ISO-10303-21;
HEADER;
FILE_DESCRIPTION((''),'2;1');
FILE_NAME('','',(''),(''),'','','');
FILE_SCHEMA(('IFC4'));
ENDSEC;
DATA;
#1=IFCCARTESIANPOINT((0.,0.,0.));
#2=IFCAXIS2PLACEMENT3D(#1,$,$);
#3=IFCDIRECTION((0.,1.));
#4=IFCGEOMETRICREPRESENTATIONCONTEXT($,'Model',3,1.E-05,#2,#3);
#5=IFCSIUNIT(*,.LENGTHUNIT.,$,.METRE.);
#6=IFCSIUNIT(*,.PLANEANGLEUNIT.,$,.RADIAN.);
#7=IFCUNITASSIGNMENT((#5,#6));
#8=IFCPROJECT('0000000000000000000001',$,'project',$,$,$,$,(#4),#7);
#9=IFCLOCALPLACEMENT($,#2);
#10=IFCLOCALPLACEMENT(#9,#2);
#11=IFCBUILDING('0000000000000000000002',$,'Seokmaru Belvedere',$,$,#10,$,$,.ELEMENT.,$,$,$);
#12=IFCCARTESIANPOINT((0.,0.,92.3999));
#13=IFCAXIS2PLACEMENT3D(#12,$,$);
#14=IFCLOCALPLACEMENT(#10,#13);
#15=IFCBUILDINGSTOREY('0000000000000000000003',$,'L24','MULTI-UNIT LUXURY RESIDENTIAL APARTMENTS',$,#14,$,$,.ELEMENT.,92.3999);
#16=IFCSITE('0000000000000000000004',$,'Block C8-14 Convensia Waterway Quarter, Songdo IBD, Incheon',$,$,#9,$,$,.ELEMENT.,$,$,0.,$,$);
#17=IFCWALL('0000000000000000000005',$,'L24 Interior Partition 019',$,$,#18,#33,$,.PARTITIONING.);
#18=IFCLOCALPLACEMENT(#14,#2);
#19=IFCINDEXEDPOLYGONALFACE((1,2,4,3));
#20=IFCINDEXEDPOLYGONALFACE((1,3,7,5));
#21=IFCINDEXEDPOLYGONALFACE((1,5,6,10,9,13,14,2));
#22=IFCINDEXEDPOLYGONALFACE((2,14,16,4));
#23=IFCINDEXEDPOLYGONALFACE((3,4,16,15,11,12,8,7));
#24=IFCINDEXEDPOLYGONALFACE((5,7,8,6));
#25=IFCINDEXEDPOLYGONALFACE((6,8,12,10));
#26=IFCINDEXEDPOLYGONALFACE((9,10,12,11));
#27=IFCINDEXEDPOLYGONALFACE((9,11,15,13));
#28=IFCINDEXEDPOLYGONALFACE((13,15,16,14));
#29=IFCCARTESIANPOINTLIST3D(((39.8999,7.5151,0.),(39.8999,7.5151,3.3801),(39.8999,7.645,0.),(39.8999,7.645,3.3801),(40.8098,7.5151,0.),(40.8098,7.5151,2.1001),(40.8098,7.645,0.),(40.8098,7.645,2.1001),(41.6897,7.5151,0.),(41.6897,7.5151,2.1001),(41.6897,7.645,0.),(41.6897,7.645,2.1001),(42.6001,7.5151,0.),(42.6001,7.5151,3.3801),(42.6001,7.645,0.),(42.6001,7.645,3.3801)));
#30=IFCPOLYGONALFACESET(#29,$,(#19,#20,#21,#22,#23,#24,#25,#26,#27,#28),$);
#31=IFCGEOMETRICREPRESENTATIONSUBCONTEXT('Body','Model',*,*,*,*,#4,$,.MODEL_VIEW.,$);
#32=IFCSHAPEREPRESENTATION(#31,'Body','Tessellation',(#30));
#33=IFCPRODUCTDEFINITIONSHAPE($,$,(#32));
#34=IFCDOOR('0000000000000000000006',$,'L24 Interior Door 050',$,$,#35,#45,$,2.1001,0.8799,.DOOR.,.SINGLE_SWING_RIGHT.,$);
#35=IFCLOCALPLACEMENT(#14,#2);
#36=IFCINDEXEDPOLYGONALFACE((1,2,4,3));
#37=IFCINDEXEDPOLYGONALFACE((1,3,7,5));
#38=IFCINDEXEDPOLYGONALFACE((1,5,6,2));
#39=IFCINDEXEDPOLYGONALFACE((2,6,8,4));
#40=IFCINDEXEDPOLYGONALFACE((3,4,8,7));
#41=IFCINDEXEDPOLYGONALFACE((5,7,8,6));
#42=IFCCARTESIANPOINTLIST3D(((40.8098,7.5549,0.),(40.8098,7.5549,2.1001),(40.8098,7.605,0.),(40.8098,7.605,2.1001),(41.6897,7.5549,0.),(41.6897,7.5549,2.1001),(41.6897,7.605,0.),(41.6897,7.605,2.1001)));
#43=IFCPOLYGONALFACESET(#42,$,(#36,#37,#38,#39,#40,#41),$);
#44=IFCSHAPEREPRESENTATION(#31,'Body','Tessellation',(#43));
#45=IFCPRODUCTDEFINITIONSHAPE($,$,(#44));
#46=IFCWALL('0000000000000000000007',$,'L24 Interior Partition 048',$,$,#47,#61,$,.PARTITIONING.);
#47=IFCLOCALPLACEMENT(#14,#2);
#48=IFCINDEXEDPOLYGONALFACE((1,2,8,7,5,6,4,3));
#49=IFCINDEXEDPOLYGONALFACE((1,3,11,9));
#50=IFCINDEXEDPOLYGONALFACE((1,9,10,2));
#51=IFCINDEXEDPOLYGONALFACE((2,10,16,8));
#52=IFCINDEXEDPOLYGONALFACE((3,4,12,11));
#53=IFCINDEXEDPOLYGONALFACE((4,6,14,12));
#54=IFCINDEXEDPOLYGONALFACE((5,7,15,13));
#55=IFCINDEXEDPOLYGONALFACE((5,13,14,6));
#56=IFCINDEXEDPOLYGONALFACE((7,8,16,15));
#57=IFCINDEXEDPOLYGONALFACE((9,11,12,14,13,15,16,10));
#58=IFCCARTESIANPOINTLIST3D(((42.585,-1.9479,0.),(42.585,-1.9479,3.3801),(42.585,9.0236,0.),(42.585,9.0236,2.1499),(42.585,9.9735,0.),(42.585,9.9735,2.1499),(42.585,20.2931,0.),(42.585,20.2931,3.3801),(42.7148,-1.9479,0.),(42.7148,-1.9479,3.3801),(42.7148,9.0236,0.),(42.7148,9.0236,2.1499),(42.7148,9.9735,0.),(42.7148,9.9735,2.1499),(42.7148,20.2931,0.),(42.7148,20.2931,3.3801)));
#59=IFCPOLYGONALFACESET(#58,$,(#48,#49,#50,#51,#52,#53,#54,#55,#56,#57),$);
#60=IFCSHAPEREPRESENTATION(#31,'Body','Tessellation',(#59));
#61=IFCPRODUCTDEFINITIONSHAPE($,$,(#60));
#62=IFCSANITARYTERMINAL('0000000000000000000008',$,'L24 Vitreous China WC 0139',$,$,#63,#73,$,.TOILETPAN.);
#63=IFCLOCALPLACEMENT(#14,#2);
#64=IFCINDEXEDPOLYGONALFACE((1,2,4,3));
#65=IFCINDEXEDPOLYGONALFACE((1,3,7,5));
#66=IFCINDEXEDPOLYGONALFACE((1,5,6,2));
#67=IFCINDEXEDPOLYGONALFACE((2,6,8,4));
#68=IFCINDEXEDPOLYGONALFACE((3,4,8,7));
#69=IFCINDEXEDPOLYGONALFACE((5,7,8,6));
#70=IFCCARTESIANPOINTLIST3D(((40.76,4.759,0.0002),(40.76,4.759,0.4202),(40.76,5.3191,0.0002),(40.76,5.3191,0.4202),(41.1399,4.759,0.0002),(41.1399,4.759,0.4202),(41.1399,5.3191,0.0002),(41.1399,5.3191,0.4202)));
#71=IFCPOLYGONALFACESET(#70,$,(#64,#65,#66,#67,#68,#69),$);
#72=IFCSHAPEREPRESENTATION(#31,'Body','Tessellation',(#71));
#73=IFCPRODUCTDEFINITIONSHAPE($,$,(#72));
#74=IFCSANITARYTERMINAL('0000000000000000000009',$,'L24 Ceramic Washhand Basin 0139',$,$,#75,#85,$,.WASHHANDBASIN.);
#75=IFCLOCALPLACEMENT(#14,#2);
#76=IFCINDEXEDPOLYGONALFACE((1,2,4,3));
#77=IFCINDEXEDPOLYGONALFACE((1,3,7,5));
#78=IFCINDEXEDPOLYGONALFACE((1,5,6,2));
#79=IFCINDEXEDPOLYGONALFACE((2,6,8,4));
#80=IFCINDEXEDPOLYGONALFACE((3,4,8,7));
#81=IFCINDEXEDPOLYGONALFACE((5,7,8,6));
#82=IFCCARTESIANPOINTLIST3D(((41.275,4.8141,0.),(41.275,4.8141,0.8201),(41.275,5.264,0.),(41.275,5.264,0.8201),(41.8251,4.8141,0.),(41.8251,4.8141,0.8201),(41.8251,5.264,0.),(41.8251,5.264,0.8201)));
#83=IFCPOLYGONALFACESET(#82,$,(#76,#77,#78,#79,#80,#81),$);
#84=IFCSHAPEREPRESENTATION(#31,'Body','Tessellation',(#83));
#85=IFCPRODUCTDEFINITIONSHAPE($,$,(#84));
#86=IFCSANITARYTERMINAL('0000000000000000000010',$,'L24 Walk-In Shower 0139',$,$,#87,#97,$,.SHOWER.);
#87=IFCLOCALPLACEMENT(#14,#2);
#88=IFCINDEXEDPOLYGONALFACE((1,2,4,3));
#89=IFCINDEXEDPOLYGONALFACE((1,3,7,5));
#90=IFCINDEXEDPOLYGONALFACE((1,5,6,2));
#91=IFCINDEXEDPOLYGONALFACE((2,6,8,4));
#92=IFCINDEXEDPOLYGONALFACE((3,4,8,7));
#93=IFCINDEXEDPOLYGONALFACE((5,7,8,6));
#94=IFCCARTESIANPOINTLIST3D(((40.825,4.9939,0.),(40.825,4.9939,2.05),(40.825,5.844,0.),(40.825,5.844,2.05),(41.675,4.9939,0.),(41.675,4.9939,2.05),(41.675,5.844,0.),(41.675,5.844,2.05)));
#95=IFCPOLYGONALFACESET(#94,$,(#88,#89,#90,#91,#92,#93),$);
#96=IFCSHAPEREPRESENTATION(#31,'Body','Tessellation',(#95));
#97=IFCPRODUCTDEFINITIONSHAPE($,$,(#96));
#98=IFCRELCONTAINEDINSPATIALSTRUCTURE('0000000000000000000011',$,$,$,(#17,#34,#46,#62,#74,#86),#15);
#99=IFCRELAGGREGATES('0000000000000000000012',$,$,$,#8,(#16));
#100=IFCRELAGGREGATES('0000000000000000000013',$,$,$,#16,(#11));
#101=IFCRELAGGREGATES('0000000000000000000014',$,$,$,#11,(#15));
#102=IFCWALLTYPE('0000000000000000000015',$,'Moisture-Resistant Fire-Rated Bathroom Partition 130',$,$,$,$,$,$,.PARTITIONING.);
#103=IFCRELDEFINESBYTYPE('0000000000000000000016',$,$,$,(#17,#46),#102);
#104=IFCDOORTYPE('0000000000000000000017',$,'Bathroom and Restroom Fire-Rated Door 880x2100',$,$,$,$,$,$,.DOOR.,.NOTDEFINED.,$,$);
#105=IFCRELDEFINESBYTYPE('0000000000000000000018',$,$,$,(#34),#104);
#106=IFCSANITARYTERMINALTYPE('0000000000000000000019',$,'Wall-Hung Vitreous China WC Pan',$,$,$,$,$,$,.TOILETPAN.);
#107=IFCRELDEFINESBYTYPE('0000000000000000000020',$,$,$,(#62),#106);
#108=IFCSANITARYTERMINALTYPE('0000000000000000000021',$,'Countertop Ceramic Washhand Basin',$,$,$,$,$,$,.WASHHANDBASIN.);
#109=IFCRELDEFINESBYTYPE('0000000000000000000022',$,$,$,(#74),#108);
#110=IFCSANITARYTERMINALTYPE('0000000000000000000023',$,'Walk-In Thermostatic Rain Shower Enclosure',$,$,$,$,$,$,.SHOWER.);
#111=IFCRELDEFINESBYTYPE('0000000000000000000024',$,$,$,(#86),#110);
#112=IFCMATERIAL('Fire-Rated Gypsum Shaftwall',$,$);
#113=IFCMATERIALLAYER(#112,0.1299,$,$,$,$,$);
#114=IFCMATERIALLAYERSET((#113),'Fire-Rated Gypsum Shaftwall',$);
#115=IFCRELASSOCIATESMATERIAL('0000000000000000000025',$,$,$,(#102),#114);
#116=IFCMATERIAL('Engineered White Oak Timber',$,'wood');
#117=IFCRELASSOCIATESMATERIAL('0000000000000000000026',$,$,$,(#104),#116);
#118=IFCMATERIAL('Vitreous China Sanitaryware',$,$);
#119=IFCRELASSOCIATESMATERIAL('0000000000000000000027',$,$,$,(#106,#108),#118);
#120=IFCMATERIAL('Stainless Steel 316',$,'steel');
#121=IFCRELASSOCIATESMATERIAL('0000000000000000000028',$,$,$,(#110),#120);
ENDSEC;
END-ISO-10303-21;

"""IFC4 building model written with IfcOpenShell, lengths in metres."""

from ifc_helpers import new_model, si_unit, direction, frame, frame_2d, origin, origin_2d, place, context, subcontext, project, spatial, rectangle, extrude, source, transform, mapped, material, layer, layer_set, type_object, type_shapes, element, fill, save


model = new_model("IFC4")

# Units and contexts
model_context = context("Model", 3, precision=1e-05, world=origin(), true_north=direction((0.0, 1.0)))
body_context = subcontext(model_context, "Body", "Model", "MODEL_VIEW")
ifc_project = project(units=[si_unit("LENGTHUNIT", "METRE"), si_unit("PLANEANGLEUNIT", "RADIAN")], contexts=[model_context])

# Site, building, storey
site_placement = place(None, origin())
site = spatial("IfcSite", under=ifc_project, at=site_placement, Name="Block C8-14 Convensia Waterway Quarter, Songdo IBD, Incheon", CompositionType="ELEMENT", RefElevation=0.0)
building_placement = place(site_placement, origin())
building = spatial("IfcBuilding", under=site, at=building_placement, Name="Seokmaru Belvedere", CompositionType="ELEMENT")
storey_placement = place(building_placement, frame((0.0, 0.0, 92.3999)))
storey = spatial("IfcBuildingStorey", under=building, at=storey_placement, Name="L24", Description="MULTI-UNIT LUXURY RESIDENTIAL APARTMENTS", CompositionType="ELEMENT", Elevation=92.3999)

# Shared definitions
ifc_material_1 = material(Name="Fire-Rated Gypsum Shaftwall")
ifc_material_2 = material(Name="Engineered White Oak Timber", Category="wood")

# Wall, opening, door
ifc_layer_1 = layer(ifc_material_1, 0.1299)
ifc_layer_set_1 = layer_set([ifc_layer_1], Name="Fire-Rated Gypsum Shaftwall")
wall_type_1 = type_object("IfcWallType", Name="Moisture-Resistant Fire-Rated Bathroom Partition 130", PredefinedType="PARTITIONING", material=ifc_layer_set_1)
wall_1_placement = place(storey_placement, frame((39.8999, 7.5801, 0.0), z_axis=(0.0, 0.0, 1.0), x_axis=(1.0, 0.0, 0.0)))
wall_1 = element("IfcWall", 1, at=wall_1_placement, inside=storey, type_object=wall_type_1, Name="L24 Interior Partition 019", PredefinedType="PARTITIONING", context=body_context, shape_type="SweptSolid", body=[
    extrude(rectangle(XDim=2.7002, YDim=0.1299, at=frame_2d((1.3501, 0.0))), origin(), (0.0, 0.0, 1.0), 3.3801),
])
opening_1_placement = place(wall_1_placement, frame((0.9099, 0.0, 0.0)))
opening_1 = element("IfcOpeningElement", 2, at=opening_1_placement, cuts=wall_1, PredefinedType="OPENING", context=body_context, shape_type="SweptSolid", body=[
    extrude(rectangle(XDim=0.8799, YDim=2.1001, at=frame_2d((0.4399, 1.05))), frame((0.0, 0.075, 0.0), z_axis=(0.0, -1.0, 0.0), x_axis=(1.0, 0.0, 0.0)), (0.0, 0.0, 1.0), 0.1499),
])
door_type_1 = type_object("IfcDoorType", Name="Bathroom and Restroom Fire-Rated Door 880x2100", OperationType="NOTDEFINED", PredefinedType="DOOR", material=ifc_material_2)
shared_shape_1 = source(origin(), body_context, "Body", "SweptSolid", [
    extrude(rectangle(XDim=0.8799, YDim=2.1001, at=frame_2d((0.4399, 1.05))), frame((0.0, 0.0249, 0.0), z_axis=(0.0, -1.0, 0.0), x_axis=(1.0, 0.0, 0.0)), (0.0, 0.0, 1.0), 0.05),
])
type_shapes(door_type_1, [shared_shape_1])
door_1_placement = place(opening_1_placement, origin())
door_1 = element("IfcDoor", 3, at=door_1_placement, inside=storey, type_object=door_type_1, Name="L24 Interior Door 050", OperationType="SINGLE_SWING_RIGHT", OverallHeight=2.1001, OverallWidth=0.8799, PredefinedType="DOOR", context=body_context, shape_type="MappedRepresentation", body=[
    mapped(shared_shape_1, transform((0.0, 0.0, 0.0), scale=1.0)),
])
fill(opening_1, door_1)

# Wall, opening
wall_2_placement = place(storey_placement, frame((42.6499, -1.948, 0.0), z_axis=(0.0, 0.0, 1.0), x_axis=(0.0, 1.0, 0.0)))
wall_2 = element("IfcWall", 4, at=wall_2_placement, inside=storey, type_object=wall_type_1, Name="L24 Interior Partition 048", PredefinedType="PARTITIONING", context=body_context, shape_type="SweptSolid", body=[
    extrude(rectangle(XDim=22.241, YDim=0.1299, at=frame_2d((11.1206, 0.0))), origin(), (0.0, 0.0, 1.0), 3.3801),
])
opening_2_placement = place(wall_2_placement, frame((10.9714, 0.0, 0.0)))
element("IfcOpeningElement", 5, at=opening_2_placement, cuts=wall_2, PredefinedType="OPENING", context=body_context, shape_type="SweptSolid", body=[
    extrude(rectangle(XDim=0.95, YDim=2.1499, at=frame_2d((0.4751, 1.075))), frame((0.0, 0.075, 0.0), z_axis=(0.0, -1.0, 0.0), x_axis=(1.0, 0.0, 0.0)), (0.0, 0.0, 1.0), 0.1499),
])

# Sanitary terminals
ifc_material_3 = material(Name="Vitreous China Sanitaryware")
sanitary_terminal_type_1 = type_object("IfcSanitaryTerminalType", Name="Wall-Hung Vitreous China WC Pan", PredefinedType="TOILETPAN", material=ifc_material_3)
shared_shape_2 = source(origin(), body_context, "Body", "SweptSolid", [
    extrude(rectangle(XDim=0.3799, YDim=0.5601, at=origin_2d()), origin(), (0.0, 0.0, 1.0), 0.4199),
])
type_shapes(sanitary_terminal_type_1, [shared_shape_2])
sanitary_terminal_1_placement = place(storey_placement, frame((40.95, 5.0391, 0.0002), z_axis=(0.0, 0.0, 1.0), x_axis=(1.0, 0.0, 0.0)))
element("IfcSanitaryTerminal", 6, at=sanitary_terminal_1_placement, inside=storey, type_object=sanitary_terminal_type_1, Name="L24 Vitreous China WC 0139", PredefinedType="TOILETPAN", context=body_context, shape_type="MappedRepresentation", body=[
    mapped(shared_shape_2, transform((0.0, 0.0, 0.0), scale=1.0)),
])
sanitary_terminal_type_2 = type_object("IfcSanitaryTerminalType", Name="Countertop Ceramic Washhand Basin", PredefinedType="WASHHANDBASIN", material=ifc_material_3)
shared_shape_3 = source(origin(), body_context, "Body", "SweptSolid", [
    extrude(rectangle(XDim=0.55, YDim=0.45, at=origin_2d()), origin(), (0.0, 0.0, 1.0), 0.8201),
])
type_shapes(sanitary_terminal_type_2, [shared_shape_3])
sanitary_terminal_2_placement = place(storey_placement, frame((41.55, 5.0391, 0.0), z_axis=(0.0, 0.0, 1.0), x_axis=(1.0, 0.0, 0.0)))
element("IfcSanitaryTerminal", 7, at=sanitary_terminal_2_placement, inside=storey, type_object=sanitary_terminal_type_2, Name="L24 Ceramic Washhand Basin 0139", PredefinedType="WASHHANDBASIN", context=body_context, shape_type="MappedRepresentation", body=[
    mapped(shared_shape_3, transform((0.0, 0.0, 0.0), scale=1.0)),
])
ifc_material_4 = material(Name="Stainless Steel 316", Category="steel")
sanitary_terminal_type_3 = type_object("IfcSanitaryTerminalType", Name="Walk-In Thermostatic Rain Shower Enclosure", PredefinedType="SHOWER", material=ifc_material_4)
shared_shape_4 = source(origin(), body_context, "Body", "SweptSolid", [
    extrude(rectangle(XDim=0.8501, YDim=0.8501, at=origin_2d()), origin(), (0.0, 0.0, 1.0), 2.05),
])
type_shapes(sanitary_terminal_type_3, [shared_shape_4])
sanitary_terminal_3_placement = place(storey_placement, frame((41.25, 5.4189, 0.0), z_axis=(0.0, 0.0, 1.0), x_axis=(1.0, 0.0, 0.0)))
element("IfcSanitaryTerminal", 8, at=sanitary_terminal_3_placement, inside=storey, type_object=sanitary_terminal_type_3, Name="L24 Walk-In Shower 0139", PredefinedType="SHOWER", context=body_context, shape_type="MappedRepresentation", body=[
    mapped(shared_shape_4, transform((0.0, 0.0, 0.0), scale=1.0)),
])

save(model, "model.ifc")
